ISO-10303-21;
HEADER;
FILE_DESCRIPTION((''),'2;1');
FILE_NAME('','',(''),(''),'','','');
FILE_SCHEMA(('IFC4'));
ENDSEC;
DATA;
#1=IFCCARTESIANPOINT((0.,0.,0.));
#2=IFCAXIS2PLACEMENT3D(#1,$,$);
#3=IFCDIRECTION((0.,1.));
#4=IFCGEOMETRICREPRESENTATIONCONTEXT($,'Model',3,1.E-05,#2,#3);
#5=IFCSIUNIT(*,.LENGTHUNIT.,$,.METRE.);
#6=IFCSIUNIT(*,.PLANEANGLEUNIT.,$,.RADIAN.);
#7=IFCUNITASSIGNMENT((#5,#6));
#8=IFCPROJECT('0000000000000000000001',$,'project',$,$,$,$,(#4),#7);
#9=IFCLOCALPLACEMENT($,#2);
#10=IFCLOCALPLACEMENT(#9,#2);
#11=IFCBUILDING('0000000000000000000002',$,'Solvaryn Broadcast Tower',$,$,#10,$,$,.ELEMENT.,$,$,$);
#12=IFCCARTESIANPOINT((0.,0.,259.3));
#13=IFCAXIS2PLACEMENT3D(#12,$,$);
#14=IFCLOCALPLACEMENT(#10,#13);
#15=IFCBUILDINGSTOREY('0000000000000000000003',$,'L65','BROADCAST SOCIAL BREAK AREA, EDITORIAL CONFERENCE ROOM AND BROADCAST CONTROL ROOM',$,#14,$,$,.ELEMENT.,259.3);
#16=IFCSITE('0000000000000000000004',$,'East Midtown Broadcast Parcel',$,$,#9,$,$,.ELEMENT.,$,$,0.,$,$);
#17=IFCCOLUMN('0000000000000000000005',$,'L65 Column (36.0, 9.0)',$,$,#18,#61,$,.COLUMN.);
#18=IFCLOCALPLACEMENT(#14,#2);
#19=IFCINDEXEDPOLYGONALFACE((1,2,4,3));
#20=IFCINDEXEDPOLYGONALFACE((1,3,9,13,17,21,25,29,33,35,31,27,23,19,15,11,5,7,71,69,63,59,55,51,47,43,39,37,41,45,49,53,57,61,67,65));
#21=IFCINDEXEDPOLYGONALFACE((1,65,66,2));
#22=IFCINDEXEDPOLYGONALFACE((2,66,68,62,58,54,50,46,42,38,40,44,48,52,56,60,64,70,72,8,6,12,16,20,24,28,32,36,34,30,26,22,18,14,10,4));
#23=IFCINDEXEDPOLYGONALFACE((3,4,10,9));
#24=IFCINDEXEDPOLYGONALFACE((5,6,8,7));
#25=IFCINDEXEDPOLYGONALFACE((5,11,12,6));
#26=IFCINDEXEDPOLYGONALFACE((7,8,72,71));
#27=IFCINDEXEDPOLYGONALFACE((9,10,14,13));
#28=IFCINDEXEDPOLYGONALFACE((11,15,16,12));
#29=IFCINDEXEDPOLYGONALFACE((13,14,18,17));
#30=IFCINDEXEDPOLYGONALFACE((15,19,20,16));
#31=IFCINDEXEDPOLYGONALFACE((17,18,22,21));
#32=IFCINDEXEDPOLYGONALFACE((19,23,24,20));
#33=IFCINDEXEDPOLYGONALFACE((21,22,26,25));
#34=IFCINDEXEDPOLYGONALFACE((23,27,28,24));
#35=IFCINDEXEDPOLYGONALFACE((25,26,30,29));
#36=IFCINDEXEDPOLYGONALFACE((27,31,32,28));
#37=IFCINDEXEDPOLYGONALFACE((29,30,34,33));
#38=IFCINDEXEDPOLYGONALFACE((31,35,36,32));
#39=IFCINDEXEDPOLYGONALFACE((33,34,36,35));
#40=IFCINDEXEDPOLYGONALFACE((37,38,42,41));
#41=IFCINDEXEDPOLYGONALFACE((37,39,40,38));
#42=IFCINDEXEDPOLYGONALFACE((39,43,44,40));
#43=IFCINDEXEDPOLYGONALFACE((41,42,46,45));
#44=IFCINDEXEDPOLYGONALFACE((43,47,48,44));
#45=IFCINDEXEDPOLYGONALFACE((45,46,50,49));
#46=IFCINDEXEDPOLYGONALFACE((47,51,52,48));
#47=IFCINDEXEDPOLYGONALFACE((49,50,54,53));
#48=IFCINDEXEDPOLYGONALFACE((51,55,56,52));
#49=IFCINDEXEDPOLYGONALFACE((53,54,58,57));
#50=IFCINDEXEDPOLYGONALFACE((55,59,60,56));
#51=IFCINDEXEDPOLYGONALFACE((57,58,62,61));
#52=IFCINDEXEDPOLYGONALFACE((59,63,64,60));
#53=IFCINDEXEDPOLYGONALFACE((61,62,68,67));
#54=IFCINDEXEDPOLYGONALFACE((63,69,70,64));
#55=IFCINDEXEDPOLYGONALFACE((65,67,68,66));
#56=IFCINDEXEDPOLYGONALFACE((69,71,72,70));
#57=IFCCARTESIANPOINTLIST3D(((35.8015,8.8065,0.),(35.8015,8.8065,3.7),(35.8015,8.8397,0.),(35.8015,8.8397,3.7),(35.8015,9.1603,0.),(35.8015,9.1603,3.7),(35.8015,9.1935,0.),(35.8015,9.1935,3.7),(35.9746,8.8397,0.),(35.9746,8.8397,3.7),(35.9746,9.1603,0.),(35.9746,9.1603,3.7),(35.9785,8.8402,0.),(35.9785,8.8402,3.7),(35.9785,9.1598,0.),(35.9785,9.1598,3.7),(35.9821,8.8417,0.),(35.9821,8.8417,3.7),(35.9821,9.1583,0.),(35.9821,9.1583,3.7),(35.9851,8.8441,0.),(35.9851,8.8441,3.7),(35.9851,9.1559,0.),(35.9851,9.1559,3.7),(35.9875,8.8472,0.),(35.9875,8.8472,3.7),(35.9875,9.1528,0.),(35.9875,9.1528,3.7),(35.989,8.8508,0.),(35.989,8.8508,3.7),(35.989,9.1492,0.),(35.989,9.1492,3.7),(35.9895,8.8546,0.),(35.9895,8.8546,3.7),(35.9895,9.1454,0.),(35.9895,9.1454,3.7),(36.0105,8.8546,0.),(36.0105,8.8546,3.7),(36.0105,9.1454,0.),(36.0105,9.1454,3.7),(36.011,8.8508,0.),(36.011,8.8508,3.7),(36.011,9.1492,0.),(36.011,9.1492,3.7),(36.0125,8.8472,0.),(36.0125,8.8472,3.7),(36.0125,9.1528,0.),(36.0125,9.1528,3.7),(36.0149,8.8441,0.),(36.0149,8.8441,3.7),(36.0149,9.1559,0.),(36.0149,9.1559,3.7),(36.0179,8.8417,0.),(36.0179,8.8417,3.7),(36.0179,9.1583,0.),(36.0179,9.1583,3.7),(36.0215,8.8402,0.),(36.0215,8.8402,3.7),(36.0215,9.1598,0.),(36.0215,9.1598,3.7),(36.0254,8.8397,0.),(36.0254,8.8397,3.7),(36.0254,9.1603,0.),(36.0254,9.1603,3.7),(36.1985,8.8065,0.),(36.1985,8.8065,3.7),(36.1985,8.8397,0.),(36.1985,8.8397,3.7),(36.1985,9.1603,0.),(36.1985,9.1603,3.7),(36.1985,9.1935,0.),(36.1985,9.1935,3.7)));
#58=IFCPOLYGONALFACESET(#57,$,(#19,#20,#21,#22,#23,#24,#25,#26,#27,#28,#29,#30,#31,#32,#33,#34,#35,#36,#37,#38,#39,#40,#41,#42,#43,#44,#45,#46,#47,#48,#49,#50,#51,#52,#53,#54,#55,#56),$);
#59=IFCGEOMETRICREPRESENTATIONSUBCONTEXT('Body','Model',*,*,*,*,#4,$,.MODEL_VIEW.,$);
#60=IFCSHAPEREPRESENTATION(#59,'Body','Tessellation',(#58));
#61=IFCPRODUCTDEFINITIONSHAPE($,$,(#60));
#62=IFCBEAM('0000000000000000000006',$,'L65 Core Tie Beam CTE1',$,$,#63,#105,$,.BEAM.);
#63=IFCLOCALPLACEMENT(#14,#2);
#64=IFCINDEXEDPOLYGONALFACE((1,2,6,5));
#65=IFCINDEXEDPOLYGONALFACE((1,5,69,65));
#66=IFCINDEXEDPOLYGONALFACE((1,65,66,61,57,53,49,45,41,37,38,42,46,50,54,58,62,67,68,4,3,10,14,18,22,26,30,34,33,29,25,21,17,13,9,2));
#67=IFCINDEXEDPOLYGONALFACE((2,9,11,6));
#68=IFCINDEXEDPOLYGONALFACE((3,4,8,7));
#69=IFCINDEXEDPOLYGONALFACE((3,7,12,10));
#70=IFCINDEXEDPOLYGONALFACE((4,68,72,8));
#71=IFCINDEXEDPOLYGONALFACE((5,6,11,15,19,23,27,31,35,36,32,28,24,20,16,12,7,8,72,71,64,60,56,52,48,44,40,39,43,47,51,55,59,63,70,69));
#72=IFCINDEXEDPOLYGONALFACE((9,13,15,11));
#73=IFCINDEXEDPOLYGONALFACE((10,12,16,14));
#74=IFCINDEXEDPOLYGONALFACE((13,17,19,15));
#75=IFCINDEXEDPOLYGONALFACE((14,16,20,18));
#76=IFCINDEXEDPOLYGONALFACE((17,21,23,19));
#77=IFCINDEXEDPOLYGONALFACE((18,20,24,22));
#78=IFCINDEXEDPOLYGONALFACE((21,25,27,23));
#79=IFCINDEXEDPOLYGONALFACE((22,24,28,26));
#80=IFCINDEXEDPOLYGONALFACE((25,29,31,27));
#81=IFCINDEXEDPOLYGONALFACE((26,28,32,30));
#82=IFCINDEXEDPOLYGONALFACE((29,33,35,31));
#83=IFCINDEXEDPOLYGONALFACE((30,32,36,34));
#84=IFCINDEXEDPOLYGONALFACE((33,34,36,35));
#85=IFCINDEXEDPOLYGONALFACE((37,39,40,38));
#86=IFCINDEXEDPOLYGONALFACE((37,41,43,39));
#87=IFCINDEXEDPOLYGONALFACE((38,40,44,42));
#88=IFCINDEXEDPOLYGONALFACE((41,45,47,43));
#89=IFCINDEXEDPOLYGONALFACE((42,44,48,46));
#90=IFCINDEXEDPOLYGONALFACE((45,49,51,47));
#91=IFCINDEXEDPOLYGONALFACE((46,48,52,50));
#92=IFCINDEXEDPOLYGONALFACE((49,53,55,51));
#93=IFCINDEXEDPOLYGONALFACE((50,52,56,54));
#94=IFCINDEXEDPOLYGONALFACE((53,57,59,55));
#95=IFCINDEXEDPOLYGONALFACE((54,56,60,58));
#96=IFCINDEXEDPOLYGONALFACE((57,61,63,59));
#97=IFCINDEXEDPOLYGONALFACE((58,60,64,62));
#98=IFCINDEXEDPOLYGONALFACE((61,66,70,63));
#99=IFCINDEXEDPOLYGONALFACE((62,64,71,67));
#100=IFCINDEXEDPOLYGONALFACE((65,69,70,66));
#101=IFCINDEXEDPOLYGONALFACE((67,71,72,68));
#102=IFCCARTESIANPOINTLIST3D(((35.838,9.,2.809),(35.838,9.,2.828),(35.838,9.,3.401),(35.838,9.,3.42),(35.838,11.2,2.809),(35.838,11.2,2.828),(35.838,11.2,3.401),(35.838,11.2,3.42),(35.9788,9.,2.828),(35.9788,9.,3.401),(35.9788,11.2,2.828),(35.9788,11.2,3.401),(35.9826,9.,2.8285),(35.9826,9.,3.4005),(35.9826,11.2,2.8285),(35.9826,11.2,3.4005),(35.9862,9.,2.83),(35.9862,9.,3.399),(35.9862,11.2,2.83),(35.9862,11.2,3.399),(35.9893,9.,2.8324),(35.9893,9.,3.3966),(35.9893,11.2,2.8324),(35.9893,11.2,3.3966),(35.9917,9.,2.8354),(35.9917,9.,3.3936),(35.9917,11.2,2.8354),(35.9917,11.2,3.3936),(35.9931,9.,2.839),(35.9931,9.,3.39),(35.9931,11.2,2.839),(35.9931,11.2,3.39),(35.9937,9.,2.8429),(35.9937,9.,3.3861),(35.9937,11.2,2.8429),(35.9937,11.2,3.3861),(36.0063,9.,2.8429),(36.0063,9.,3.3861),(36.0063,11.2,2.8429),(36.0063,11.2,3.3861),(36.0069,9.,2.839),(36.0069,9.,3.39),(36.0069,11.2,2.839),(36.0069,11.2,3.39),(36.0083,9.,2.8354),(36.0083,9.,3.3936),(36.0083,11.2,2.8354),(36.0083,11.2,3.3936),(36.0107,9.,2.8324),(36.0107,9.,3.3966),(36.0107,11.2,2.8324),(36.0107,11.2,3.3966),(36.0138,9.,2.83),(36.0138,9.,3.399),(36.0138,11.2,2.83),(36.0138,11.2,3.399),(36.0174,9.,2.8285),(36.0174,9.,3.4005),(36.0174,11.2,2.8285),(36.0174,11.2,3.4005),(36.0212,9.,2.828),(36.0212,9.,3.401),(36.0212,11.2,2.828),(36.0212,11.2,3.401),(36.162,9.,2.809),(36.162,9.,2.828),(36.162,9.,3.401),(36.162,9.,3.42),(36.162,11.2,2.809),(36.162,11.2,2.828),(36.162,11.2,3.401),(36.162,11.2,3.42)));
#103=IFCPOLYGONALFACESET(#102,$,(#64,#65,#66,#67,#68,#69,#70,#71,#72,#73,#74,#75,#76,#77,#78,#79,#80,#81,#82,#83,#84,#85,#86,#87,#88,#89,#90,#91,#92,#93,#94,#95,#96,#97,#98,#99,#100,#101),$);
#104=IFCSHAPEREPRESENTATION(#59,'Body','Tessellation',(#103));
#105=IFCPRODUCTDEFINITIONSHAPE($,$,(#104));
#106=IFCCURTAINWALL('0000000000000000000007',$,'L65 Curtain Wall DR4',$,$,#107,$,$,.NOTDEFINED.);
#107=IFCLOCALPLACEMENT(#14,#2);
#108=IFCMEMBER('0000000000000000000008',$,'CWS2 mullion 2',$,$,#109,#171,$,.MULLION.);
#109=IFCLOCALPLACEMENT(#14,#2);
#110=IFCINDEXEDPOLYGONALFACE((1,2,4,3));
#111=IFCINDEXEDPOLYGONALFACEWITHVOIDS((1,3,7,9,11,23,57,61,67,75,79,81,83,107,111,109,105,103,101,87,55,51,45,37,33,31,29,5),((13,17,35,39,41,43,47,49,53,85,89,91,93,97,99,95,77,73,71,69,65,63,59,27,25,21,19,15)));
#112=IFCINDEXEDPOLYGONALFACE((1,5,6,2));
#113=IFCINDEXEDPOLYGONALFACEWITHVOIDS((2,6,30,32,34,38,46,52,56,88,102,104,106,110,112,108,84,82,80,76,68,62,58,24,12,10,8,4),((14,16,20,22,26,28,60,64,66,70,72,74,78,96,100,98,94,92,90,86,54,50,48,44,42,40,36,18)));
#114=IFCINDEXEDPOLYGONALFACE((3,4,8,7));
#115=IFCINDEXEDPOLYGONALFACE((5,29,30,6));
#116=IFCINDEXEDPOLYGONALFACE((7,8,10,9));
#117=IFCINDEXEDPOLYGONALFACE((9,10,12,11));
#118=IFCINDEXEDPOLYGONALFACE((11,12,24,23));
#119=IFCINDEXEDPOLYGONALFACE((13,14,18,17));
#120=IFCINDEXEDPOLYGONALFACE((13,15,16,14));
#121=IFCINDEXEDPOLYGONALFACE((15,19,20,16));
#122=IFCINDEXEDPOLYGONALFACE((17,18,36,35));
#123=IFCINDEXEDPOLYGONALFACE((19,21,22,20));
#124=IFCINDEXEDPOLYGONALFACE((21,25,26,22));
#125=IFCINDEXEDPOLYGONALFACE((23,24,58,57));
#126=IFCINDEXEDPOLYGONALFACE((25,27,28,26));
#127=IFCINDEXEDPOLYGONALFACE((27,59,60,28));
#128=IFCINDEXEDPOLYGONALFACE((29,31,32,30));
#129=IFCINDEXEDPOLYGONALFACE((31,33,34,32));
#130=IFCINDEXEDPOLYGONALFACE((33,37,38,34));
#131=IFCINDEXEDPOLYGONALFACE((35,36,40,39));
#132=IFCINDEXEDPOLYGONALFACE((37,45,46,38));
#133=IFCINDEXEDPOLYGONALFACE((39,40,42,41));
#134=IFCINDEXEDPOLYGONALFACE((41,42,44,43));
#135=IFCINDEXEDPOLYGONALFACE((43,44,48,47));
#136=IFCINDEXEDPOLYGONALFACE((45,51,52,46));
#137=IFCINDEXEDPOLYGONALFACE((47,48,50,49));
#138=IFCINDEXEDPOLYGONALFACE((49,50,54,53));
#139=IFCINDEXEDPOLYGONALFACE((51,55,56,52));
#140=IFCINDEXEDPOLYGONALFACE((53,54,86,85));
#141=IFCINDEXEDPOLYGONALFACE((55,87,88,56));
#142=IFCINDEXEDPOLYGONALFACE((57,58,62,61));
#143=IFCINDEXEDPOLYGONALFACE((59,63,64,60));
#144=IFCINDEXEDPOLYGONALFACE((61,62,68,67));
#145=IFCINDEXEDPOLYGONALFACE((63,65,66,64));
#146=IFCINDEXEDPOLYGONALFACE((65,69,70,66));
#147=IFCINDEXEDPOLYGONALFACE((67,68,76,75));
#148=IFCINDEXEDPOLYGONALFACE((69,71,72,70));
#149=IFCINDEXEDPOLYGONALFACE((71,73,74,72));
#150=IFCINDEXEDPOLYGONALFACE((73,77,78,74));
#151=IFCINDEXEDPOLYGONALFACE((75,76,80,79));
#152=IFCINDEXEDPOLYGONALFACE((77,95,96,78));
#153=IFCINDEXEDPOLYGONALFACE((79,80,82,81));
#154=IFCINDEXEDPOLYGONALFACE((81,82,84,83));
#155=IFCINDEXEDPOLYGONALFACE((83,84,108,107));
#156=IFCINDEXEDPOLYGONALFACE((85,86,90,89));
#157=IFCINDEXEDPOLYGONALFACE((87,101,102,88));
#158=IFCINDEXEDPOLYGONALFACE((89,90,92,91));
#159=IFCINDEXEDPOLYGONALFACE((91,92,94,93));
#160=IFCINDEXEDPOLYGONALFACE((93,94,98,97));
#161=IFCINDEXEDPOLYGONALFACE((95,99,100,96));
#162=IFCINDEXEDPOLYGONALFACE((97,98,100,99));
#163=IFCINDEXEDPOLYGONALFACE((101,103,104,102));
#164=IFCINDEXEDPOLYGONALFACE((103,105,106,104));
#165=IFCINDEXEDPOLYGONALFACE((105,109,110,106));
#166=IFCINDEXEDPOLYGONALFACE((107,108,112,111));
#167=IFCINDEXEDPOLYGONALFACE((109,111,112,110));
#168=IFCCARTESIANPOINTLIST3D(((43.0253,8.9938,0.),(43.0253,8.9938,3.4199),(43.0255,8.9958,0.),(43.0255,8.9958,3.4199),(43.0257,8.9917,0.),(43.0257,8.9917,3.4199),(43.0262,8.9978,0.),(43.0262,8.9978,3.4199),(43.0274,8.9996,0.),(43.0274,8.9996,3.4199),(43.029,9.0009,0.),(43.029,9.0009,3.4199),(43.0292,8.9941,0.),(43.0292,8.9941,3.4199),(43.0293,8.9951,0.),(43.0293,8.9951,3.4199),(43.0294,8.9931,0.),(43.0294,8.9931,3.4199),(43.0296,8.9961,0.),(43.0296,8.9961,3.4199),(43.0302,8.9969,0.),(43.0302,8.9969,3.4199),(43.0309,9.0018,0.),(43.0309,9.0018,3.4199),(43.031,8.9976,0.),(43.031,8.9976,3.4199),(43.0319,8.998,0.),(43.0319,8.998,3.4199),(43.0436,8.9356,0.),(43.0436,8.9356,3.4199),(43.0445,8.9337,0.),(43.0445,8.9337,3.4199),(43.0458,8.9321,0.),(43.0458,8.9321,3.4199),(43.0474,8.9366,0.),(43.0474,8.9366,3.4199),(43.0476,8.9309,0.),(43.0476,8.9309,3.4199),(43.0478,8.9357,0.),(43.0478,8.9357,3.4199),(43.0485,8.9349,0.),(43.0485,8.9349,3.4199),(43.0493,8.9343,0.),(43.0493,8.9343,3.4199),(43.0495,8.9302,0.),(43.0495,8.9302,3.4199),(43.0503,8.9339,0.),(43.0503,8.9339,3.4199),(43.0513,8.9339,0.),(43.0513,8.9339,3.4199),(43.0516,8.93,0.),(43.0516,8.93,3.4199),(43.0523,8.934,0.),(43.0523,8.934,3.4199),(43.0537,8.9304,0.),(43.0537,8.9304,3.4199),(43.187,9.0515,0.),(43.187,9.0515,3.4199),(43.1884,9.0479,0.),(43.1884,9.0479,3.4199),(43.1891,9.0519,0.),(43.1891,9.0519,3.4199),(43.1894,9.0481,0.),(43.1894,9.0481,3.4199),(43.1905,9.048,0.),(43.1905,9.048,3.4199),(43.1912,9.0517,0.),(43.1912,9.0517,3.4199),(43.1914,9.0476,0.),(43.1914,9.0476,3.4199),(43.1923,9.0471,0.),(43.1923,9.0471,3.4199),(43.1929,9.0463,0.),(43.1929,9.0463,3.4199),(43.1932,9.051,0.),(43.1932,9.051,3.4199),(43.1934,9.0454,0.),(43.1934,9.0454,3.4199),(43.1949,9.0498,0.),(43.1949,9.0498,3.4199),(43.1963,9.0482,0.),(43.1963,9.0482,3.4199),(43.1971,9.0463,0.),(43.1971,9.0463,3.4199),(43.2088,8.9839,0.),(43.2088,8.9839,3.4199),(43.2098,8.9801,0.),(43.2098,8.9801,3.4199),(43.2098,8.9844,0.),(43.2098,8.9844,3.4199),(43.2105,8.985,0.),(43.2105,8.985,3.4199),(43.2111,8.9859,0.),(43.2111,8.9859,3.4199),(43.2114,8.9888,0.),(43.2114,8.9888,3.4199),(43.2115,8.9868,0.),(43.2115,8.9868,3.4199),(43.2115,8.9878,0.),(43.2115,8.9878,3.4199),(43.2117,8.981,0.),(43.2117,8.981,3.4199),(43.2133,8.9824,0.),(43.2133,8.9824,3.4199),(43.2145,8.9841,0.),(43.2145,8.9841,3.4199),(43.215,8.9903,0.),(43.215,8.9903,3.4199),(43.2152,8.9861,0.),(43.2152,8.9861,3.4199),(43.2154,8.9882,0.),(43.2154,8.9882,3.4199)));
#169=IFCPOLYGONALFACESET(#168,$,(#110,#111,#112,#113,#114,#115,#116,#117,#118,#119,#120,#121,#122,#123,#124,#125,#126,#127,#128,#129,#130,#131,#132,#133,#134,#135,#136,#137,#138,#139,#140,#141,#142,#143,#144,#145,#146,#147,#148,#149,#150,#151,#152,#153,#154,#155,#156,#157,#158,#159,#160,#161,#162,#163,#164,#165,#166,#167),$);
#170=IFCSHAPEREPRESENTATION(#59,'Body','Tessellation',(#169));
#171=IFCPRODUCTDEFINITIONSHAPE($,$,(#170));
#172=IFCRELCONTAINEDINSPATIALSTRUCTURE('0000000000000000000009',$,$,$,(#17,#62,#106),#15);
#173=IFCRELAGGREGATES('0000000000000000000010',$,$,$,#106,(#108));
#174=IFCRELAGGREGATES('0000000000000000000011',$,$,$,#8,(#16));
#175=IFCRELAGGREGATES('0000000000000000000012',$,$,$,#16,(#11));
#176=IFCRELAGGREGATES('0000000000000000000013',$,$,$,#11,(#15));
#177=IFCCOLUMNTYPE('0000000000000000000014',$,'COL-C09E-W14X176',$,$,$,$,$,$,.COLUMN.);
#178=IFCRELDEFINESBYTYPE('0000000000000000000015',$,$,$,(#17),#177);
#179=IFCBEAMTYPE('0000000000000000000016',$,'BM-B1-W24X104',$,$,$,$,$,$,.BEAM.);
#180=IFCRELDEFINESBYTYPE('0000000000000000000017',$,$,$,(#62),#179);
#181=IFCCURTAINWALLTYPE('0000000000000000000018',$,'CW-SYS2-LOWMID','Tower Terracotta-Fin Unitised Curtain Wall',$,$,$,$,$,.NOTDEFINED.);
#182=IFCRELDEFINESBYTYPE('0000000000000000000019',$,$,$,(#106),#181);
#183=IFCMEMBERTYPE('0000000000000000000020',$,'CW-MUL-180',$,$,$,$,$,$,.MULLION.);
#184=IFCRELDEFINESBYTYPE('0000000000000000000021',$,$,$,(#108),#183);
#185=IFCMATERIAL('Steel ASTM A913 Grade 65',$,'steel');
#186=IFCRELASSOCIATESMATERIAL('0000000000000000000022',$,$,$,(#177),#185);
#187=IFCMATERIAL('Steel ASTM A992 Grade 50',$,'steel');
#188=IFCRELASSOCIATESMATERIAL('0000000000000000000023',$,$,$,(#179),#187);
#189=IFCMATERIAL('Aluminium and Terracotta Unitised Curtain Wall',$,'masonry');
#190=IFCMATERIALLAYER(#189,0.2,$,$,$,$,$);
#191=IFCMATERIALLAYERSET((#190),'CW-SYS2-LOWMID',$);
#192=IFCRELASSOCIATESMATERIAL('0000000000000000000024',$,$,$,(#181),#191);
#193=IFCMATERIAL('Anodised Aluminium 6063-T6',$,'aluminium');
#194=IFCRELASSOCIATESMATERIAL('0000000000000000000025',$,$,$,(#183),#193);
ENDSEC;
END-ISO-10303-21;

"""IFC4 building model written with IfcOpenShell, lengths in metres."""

from ifc_helpers import new_model, si_unit, direction, frame, origin, origin_2d, place, context, subcontext, project, spatial, hollow_rectangle, i_section, extrude, material, layer, layer_set, material_profile, profile_set, type_object, element, aggregate, save


model = new_model("IFC4")

# Units and contexts
model_context = context("Model", 3, precision=1e-05, world=origin(), true_north=direction((0.0, 1.0)))
body_context = subcontext(model_context, "Body", "Model", "MODEL_VIEW")
ifc_project = project(units=[si_unit("LENGTHUNIT", "METRE"), si_unit("PLANEANGLEUNIT", "RADIAN")], contexts=[model_context])

# Site, building, storey
site_placement = place(None, origin())
site = spatial("IfcSite", under=ifc_project, at=site_placement, Name="East Midtown Broadcast Parcel", CompositionType="ELEMENT", RefElevation=0.0)
building_placement = place(site_placement, origin())
building = spatial("IfcBuilding", under=site, at=building_placement, Name="Solvaryn Broadcast Tower", CompositionType="ELEMENT")
storey_placement = place(building_placement, frame((0.0, 0.0, 259.3)))
storey = spatial("IfcBuildingStorey", under=building, at=storey_placement, Name="L65", Description="BROADCAST SOCIAL BREAK AREA, EDITORIAL CONFERENCE ROOM AND BROADCAST CONTROL ROOM", CompositionType="ELEMENT", Elevation=259.3)

# Column
ifc_material_1 = material(Name="Steel ASTM A913 Grade 65", Category="steel")
ifc_material_profile_1 = material_profile(ifc_material_1, i_section(OverallWidth=0.397, OverallDepth=0.387, WebThickness=0.021, FlangeThickness=0.0332, FilletRadius=0.0149, at=origin_2d()))
ifc_profile_set_1 = profile_set([ifc_material_profile_1], Name="Steel ASTM A913 Grade 65")
column_type = type_object("IfcColumnType", Name="COL-C09E-W14X176", PredefinedType="COLUMN", material=ifc_profile_set_1)
column_placement = place(storey_placement, frame((36.0, 9.0, 0.0), z_axis=(0.0, 0.0, 1.0), x_axis=(1.0, 0.0, 0.0)))
element("IfcColumn", 1, at=column_placement, inside=storey, type_object=column_type, Name="L65 Column (36.0, 9.0)", PredefinedType="COLUMN", context=body_context, shape_type="SweptSolid", body=[
    extrude(i_section(OverallWidth=0.397, OverallDepth=0.387, WebThickness=0.021, FlangeThickness=0.0332, FilletRadius=0.0149, at=origin_2d()), origin(), (0.0, 0.0, 1.0), 3.7),
])

# Beam
ifc_material_2 = material(Name="Steel ASTM A992 Grade 50", Category="steel")
ifc_material_profile_2 = material_profile(ifc_material_2, i_section(OverallWidth=0.324, OverallDepth=0.6111, WebThickness=0.0127, FlangeThickness=0.019, FilletRadius=0.0149, at=origin_2d()))
ifc_profile_set_2 = profile_set([ifc_material_profile_2], Name="Steel ASTM A992 Grade 50")
beam_type = type_object("IfcBeamType", Name="BM-B1-W24X104", PredefinedType="BEAM", material=ifc_profile_set_2)
beam_placement = place(storey_placement, frame((36.0, 9.0, 3.1145), z_axis=(0.0, 1.0, 0.0), x_axis=(-1.0, 0.0, 0.0)))
element("IfcBeam", 2, at=beam_placement, inside=storey, type_object=beam_type, Name="L65 Core Tie Beam CTE1", PredefinedType="BEAM", context=body_context, shape_type="SweptSolid", body=[
    extrude(i_section(OverallWidth=0.324, OverallDepth=0.6111, WebThickness=0.0127, FlangeThickness=0.019, FilletRadius=0.0149, at=origin_2d()), origin(), (0.0, 0.0, 1.0), 2.2),
])

# Curtain wall, member
ifc_material_3 = material(Name="Aluminium and Terracotta Unitised Curtain Wall", Category="masonry")
ifc_layer_1 = layer(ifc_material_3, 0.2)
ifc_layer_set_1 = layer_set([ifc_layer_1], Name="CW-SYS2-LOWMID")
curtain_wall_type = type_object("IfcCurtainWallType", Name="CW-SYS2-LOWMID", Description="Tower Terracotta-Fin Unitised Curtain Wall", PredefinedType="NOTDEFINED", material=ifc_layer_set_1)
curtain_wall_1_placement = place(storey_placement, origin())
curtain_wall_1 = element("IfcCurtainWall", 3, at=curtain_wall_1_placement, inside=storey, type_object=curtain_wall_type, Name="L65 Curtain Wall DR4", PredefinedType="NOTDEFINED")
ifc_material_4 = material(Name="Anodised Aluminium 6063-T6", Category="aluminium")
ifc_material_profile_3 = material_profile(ifc_material_4, hollow_rectangle(XDim=0.075, YDim=0.1799, WallThickness=0.0039, InnerFilletRadius=0.0039, OuterFilletRadius=0.0081, at=origin_2d()))
ifc_profile_set_3 = profile_set([ifc_material_profile_3], Name="Anodised Aluminium 6063-T6")
member_type_1 = type_object("IfcMemberType", Name="CW-MUL-180", PredefinedType="MULLION", material=ifc_profile_set_3)
member_1_placement = place(storey_placement, frame((43.1204, 8.991, 0.0), z_axis=(0.0, 0.0, 1.0), x_axis=(-0.303616, 0.952795, 0.0)))
member_1 = element("IfcMember", 4, at=member_1_placement, type_object=member_type_1, Name="CWS2 mullion 2", PredefinedType="MULLION", context=body_context, shape_type="SweptSolid", body=[
    extrude(hollow_rectangle(XDim=0.075, YDim=0.1799, WallThickness=0.0039, InnerFilletRadius=0.0039, OuterFilletRadius=0.0081, at=origin_2d()), origin(), (0.0, 0.0, 1.0), 3.4199),
])

aggregate(curtain_wall_1, [member_1])

save(model, "model.ifc")
